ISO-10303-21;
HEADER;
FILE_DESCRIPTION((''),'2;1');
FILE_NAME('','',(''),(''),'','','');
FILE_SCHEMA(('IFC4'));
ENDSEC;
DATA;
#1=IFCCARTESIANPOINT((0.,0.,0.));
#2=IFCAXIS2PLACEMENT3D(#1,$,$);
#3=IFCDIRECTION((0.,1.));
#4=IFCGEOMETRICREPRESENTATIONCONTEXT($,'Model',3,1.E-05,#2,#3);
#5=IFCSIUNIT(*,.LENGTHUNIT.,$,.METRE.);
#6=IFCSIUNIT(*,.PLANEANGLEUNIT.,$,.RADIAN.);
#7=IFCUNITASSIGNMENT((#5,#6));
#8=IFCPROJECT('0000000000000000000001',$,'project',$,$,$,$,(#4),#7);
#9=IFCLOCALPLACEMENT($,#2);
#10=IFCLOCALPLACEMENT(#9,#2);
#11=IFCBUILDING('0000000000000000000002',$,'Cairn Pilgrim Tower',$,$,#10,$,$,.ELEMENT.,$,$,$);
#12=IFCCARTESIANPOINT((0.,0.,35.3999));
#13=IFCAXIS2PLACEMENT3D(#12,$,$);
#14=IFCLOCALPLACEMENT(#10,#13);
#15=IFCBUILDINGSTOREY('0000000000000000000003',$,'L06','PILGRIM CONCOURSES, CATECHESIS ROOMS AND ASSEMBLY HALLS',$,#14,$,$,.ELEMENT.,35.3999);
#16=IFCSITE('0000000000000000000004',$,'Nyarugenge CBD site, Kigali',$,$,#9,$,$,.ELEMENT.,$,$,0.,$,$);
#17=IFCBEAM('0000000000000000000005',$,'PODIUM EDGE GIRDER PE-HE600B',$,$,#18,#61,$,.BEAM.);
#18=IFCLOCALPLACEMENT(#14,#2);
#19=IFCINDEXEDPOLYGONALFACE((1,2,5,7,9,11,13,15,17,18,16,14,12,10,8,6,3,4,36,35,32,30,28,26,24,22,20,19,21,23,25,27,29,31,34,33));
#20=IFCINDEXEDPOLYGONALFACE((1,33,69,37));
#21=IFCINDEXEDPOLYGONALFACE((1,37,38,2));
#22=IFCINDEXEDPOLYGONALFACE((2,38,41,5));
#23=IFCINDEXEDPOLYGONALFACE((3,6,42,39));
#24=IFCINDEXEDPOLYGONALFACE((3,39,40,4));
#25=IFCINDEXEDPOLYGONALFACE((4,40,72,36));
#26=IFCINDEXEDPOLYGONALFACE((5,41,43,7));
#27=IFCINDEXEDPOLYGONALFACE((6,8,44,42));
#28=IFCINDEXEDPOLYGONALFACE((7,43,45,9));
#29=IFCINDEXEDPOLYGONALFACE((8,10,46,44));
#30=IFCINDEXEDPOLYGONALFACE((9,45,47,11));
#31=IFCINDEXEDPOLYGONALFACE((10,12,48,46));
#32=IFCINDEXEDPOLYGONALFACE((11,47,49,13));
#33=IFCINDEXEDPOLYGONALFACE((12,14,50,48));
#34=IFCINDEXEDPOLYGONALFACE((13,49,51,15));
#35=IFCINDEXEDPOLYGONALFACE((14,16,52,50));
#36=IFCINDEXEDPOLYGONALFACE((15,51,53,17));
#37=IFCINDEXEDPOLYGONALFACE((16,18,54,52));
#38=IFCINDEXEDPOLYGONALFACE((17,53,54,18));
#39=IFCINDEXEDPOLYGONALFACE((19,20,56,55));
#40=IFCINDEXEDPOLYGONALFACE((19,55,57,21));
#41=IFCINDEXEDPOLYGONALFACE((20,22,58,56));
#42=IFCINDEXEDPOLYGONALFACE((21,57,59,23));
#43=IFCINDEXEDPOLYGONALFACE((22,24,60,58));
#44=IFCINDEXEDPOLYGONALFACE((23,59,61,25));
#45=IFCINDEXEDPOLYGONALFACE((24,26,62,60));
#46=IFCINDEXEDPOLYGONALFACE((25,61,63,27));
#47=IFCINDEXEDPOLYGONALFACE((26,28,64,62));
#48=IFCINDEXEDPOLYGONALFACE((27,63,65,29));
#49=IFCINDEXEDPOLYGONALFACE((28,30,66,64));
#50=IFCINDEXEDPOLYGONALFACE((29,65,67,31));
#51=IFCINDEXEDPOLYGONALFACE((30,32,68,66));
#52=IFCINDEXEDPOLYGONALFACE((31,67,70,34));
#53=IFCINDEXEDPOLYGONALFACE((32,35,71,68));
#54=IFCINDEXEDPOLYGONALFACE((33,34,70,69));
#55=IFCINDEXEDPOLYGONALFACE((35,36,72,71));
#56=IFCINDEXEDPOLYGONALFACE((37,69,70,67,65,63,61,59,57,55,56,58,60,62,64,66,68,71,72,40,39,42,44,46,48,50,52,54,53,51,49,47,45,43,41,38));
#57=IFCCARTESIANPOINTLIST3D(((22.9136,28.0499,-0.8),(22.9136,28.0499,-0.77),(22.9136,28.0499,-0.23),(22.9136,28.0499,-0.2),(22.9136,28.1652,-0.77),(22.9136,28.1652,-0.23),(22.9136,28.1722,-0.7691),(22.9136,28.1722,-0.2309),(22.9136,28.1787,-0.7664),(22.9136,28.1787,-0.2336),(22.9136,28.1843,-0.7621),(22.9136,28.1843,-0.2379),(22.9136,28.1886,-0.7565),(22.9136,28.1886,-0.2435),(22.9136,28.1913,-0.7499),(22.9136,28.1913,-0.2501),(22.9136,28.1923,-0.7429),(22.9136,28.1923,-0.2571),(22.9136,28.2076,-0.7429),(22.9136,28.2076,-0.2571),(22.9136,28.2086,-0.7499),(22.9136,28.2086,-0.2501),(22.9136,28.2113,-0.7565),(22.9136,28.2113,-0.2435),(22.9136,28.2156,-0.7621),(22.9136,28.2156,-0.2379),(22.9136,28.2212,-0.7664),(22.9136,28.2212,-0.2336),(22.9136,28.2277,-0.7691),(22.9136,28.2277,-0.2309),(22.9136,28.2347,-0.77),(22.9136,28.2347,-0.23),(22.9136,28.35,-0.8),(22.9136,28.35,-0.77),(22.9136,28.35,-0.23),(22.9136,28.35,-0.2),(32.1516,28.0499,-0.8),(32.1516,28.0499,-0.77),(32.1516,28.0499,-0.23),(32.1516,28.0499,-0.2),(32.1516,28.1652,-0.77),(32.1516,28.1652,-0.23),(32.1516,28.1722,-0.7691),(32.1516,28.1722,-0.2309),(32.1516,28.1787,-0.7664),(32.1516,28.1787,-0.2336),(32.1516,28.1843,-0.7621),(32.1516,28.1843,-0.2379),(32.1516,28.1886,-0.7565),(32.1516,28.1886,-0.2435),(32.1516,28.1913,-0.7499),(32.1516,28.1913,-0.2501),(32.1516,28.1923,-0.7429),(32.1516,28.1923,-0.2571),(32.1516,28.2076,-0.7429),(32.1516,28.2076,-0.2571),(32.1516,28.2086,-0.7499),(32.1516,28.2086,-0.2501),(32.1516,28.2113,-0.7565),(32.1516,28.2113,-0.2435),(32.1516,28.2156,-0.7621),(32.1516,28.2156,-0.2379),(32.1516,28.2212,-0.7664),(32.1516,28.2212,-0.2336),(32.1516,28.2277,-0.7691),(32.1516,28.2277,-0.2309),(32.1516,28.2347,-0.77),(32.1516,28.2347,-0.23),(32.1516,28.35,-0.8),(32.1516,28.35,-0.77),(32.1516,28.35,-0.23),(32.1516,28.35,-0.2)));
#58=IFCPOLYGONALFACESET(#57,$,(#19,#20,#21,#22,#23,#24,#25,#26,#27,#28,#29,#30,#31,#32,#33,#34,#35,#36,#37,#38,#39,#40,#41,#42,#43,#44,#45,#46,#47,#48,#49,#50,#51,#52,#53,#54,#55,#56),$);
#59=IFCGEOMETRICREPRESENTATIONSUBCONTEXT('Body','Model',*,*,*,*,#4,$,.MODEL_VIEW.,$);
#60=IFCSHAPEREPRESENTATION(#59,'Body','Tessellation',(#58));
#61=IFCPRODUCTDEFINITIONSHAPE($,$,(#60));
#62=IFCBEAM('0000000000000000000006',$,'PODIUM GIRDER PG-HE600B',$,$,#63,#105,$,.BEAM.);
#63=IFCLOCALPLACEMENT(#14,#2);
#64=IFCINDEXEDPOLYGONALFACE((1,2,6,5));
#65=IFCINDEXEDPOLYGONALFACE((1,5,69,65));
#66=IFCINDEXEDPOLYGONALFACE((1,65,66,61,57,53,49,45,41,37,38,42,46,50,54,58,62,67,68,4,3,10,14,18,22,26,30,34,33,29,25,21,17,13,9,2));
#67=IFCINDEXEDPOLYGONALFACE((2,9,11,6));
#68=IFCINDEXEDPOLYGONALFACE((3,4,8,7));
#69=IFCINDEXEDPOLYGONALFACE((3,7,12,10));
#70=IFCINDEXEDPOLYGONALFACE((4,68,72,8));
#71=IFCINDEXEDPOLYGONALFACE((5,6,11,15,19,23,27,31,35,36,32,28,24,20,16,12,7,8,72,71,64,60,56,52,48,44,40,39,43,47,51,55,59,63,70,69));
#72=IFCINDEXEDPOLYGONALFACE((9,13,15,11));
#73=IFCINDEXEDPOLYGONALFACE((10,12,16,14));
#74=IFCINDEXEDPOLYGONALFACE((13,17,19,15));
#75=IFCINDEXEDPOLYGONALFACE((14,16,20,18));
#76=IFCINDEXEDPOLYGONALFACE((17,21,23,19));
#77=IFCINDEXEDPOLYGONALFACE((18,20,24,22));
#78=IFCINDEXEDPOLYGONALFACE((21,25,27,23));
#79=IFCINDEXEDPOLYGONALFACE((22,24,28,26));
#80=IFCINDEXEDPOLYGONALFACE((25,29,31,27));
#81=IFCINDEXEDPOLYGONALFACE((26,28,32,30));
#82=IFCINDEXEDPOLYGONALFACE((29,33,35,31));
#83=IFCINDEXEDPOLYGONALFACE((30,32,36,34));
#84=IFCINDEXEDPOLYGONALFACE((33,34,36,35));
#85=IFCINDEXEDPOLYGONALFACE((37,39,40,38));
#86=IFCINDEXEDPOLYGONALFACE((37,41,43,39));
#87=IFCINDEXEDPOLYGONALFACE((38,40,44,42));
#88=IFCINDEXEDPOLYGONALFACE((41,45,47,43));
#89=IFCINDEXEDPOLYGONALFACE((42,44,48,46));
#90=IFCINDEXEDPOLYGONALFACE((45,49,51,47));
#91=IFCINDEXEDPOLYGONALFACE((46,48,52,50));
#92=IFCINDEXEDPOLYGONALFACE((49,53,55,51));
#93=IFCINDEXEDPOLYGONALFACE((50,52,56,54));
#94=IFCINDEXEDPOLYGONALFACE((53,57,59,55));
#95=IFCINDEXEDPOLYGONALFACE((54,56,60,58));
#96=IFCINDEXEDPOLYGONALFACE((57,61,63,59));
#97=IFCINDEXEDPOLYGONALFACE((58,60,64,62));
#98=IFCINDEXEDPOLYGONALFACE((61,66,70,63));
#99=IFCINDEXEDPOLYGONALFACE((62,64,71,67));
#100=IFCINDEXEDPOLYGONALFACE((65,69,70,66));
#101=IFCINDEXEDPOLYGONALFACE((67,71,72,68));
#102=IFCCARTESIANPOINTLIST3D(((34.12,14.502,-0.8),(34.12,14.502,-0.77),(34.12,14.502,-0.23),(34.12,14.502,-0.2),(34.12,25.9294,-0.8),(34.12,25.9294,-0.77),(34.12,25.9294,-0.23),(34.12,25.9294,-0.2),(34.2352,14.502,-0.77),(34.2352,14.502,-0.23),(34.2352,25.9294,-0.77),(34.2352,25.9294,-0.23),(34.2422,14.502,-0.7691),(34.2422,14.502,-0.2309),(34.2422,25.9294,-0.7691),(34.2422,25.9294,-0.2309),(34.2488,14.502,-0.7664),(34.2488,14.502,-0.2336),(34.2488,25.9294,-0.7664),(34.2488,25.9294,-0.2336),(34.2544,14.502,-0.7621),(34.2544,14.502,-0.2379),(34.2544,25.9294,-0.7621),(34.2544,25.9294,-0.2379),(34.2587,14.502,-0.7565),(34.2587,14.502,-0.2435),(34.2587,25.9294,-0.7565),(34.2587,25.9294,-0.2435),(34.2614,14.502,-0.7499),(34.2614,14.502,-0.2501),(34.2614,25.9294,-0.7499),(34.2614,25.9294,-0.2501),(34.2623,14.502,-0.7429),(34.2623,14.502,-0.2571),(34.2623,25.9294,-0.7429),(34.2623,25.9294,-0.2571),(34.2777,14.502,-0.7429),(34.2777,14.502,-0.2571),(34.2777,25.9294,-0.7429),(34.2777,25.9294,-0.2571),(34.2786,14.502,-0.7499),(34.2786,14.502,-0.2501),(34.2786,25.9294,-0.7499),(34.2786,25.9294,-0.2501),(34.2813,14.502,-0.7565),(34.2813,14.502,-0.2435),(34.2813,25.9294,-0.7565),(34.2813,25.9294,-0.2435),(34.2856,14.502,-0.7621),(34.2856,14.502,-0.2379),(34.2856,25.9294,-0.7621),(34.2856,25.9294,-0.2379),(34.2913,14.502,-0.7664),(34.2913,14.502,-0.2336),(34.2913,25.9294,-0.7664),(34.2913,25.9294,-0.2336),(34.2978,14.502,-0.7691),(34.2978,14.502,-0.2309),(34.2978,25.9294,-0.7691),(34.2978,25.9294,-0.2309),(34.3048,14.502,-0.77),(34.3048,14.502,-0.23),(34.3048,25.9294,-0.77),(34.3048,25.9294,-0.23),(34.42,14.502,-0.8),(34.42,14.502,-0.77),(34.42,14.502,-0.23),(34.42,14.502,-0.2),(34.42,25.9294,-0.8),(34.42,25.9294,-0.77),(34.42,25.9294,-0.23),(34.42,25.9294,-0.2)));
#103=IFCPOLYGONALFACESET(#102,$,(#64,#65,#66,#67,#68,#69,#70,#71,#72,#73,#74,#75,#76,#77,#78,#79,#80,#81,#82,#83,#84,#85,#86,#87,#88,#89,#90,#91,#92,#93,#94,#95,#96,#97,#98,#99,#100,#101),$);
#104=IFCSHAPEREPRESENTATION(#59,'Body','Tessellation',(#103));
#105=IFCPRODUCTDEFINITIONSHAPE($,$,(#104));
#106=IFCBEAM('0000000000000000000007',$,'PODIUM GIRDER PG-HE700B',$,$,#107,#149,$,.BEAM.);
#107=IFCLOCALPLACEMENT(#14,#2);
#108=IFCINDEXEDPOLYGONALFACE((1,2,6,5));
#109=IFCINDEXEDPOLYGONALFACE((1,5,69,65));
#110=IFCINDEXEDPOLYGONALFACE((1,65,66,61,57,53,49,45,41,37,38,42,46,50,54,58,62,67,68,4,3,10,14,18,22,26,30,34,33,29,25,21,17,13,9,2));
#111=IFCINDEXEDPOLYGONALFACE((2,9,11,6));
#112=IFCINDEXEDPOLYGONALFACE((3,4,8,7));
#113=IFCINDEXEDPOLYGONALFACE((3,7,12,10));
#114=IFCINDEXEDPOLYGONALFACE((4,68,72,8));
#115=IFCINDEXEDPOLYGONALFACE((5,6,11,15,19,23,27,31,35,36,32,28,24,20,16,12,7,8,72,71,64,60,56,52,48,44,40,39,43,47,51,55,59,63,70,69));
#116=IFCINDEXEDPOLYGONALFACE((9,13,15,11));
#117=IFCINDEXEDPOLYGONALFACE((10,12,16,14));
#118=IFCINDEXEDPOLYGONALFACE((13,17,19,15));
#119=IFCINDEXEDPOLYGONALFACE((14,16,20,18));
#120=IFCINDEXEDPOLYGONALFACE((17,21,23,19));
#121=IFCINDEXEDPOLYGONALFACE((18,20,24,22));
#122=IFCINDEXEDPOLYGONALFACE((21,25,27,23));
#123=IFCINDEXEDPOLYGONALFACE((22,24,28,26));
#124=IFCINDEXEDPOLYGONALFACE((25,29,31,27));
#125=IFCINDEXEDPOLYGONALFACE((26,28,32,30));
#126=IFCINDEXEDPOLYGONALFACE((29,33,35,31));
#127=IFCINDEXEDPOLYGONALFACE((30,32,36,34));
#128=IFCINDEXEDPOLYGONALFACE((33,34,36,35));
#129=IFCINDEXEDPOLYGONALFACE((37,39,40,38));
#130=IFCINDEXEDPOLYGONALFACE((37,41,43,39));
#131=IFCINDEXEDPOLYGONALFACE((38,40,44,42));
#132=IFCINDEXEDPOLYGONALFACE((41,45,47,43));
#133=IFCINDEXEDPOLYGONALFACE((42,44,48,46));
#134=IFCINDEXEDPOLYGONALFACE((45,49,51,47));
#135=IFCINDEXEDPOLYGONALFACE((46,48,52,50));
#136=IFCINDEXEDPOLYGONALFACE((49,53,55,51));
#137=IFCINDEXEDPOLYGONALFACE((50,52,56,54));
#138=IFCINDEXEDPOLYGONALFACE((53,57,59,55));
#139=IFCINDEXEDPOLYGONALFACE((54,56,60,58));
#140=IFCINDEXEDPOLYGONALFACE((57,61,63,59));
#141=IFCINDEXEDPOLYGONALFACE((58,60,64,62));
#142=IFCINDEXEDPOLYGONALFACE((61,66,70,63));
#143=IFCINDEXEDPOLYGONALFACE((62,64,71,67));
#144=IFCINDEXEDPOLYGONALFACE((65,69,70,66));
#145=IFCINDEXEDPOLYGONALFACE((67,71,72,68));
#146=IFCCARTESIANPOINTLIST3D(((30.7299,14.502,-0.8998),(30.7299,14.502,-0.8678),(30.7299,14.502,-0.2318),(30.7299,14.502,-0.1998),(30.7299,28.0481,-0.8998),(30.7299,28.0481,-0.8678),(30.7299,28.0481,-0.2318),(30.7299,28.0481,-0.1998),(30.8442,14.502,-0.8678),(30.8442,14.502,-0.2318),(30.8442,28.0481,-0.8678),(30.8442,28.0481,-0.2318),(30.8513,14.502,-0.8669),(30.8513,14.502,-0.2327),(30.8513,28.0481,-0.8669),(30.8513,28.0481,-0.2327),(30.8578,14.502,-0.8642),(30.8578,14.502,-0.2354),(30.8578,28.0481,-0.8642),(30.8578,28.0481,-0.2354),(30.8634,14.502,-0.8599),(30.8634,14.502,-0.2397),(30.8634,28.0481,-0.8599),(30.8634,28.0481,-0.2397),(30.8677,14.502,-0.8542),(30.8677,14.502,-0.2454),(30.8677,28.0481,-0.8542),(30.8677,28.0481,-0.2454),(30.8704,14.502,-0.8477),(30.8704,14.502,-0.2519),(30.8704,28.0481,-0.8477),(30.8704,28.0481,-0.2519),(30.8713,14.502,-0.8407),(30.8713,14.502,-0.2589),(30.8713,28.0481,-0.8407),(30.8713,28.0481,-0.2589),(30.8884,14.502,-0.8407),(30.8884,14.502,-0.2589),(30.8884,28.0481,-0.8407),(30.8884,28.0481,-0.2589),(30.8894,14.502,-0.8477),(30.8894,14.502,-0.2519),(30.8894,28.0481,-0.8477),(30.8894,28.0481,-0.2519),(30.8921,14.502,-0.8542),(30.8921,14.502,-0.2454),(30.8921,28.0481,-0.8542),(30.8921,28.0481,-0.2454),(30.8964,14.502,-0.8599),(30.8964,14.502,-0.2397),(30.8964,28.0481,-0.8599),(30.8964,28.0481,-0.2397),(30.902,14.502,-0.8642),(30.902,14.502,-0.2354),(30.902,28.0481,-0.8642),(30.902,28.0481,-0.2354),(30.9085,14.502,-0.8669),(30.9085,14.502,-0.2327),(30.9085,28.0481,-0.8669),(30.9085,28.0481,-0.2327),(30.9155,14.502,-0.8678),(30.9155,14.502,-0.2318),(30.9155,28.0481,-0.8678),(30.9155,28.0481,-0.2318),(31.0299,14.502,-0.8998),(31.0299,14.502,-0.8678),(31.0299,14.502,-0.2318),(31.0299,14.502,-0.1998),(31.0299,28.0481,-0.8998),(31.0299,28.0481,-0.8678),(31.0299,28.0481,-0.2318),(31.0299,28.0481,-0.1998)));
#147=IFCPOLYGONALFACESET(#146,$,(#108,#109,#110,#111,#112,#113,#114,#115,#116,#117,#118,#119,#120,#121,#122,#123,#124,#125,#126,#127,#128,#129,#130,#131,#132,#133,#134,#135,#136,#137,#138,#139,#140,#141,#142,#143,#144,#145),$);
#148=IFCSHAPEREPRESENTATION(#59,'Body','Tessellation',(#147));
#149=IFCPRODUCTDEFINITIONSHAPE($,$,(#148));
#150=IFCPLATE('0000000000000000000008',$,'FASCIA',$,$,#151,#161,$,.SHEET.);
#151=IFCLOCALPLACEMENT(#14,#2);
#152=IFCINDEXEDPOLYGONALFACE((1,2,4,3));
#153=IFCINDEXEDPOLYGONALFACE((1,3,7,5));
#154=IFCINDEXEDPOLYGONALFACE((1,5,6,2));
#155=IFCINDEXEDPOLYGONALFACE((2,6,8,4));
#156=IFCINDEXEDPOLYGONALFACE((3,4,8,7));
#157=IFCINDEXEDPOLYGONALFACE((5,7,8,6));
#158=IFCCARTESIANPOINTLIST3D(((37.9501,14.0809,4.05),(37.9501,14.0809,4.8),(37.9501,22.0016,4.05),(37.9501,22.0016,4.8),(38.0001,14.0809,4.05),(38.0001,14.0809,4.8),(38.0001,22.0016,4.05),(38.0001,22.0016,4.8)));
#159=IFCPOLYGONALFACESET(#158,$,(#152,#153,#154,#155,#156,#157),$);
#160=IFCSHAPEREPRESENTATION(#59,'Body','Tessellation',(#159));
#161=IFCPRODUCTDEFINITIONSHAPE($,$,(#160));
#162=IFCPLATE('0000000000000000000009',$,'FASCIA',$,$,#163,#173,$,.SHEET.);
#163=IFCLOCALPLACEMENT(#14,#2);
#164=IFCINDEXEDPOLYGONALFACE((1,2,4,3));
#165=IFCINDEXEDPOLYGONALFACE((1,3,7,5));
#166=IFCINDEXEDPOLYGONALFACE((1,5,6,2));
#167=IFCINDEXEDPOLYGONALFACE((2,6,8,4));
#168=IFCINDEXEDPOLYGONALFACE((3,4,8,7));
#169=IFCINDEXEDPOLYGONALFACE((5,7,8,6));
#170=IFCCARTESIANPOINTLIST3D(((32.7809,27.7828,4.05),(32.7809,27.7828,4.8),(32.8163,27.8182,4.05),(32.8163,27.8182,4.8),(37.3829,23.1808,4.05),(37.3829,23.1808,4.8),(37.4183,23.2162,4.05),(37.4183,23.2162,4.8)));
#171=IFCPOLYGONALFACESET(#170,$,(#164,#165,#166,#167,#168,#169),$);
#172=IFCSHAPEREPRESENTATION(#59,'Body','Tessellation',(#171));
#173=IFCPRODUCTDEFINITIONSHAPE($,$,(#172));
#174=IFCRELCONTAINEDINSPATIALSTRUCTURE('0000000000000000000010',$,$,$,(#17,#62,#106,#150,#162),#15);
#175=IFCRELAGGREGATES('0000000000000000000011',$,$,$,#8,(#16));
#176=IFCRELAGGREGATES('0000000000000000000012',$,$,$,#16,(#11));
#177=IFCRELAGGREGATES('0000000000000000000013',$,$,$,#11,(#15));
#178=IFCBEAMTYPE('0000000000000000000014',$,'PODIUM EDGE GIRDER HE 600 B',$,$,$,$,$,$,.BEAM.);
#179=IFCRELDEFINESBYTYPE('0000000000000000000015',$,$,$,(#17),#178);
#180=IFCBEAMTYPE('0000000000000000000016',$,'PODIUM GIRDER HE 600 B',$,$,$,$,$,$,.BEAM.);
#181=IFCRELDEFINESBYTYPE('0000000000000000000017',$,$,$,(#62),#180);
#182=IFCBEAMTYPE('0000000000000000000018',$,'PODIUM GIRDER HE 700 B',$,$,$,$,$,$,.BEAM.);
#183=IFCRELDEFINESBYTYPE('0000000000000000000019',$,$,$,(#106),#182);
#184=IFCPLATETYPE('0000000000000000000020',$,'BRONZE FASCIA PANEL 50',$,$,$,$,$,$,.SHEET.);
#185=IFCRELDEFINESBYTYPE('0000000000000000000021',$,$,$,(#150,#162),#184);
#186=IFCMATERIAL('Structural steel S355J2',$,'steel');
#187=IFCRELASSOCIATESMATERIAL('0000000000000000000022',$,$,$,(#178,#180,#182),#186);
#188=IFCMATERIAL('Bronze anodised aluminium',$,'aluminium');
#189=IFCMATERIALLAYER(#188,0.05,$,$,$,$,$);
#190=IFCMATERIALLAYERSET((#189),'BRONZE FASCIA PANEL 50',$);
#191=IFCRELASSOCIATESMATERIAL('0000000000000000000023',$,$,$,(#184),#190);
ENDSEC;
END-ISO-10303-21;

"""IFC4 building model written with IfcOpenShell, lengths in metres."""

from ifc_helpers import new_model, si_unit, direction, frame, origin, origin_2d, place, context, subcontext, project, spatial, rectangle, i_section, extrude, material, layer, layer_set, material_profile, profile_set, type_object, element, save


model = new_model("IFC4")

# Units and contexts
model_context = context("Model", 3, precision=1e-05, world=origin(), true_north=direction((0.0, 1.0)))
body_context = subcontext(model_context, "Body", "Model", "MODEL_VIEW")
ifc_project = project(units=[si_unit("LENGTHUNIT", "METRE"), si_unit("PLANEANGLEUNIT", "RADIAN")], contexts=[model_context])

# Site, building, storey
site_placement = place(None, origin())
site = spatial("IfcSite", under=ifc_project, at=site_placement, Name="Nyarugenge CBD site, Kigali", CompositionType="ELEMENT", RefElevation=0.0)
building_placement = place(site_placement, origin())
building = spatial("IfcBuilding", under=site, at=building_placement, Name="Cairn Pilgrim Tower", CompositionType="ELEMENT")
storey_placement = place(building_placement, frame((0.0, 0.0, 35.3999)))
storey = spatial("IfcBuildingStorey", under=building, at=storey_placement, Name="L06", Description="PILGRIM CONCOURSES, CATECHESIS ROOMS AND ASSEMBLY HALLS", CompositionType="ELEMENT", Elevation=35.3999)

# Beams
ifc_material_1 = material(Name="Structural steel S355J2", Category="steel")
ifc_material_profile_1 = material_profile(ifc_material_1, i_section(OverallWidth=0.3, OverallDepth=0.6001, WebThickness=0.0154, FlangeThickness=0.03, FilletRadius=0.0271, at=origin_2d()), Name="HEB 600")
ifc_profile_set_1 = profile_set([ifc_material_profile_1], Name="Structural steel S355J2")
beam_type_1 = type_object("IfcBeamType", Name="PODIUM EDGE GIRDER HE 600 B", PredefinedType="BEAM", material=ifc_profile_set_1)
beam_1_placement = place(storey_placement, frame((32.1516, 28.2, -0.5), z_axis=(-1.0, 0.0, 0.0), x_axis=(0.0, -1.0, 0.0)))
element("IfcBeam", 1, at=beam_1_placement, inside=storey, type_object=beam_type_1, Name="PODIUM EDGE GIRDER PE-HE600B", PredefinedType="BEAM", context=body_context, shape_type="SweptSolid", body=[
    extrude(i_section(OverallWidth=0.3, OverallDepth=0.6001, WebThickness=0.0154, FlangeThickness=0.03, FilletRadius=0.0271, at=origin_2d()), origin(), (0.0, 0.0, 1.0), 9.238),
])
ifc_material_profile_2 = material_profile(ifc_material_1, i_section(OverallWidth=0.3, OverallDepth=0.6001, WebThickness=0.0154, FlangeThickness=0.03, FilletRadius=0.0271, at=origin_2d()), Name="HEB 600")
ifc_profile_set_2 = profile_set([ifc_material_profile_2], Name="Structural steel S355J2")
beam_type_2 = type_object("IfcBeamType", Name="PODIUM GIRDER HE 600 B", PredefinedType="BEAM", material=ifc_profile_set_2)
beam_2_placement = place(storey_placement, frame((34.27, 14.502, -0.5), z_axis=(0.0, 1.0, 0.0), x_axis=(-1.0, 0.0, 0.0)))
element("IfcBeam", 2, at=beam_2_placement, inside=storey, type_object=beam_type_2, Name="PODIUM GIRDER PG-HE600B", PredefinedType="BEAM", context=body_context, shape_type="SweptSolid", body=[
    extrude(i_section(OverallWidth=0.3, OverallDepth=0.6001, WebThickness=0.0154, FlangeThickness=0.03, FilletRadius=0.0271, at=origin_2d()), origin(), (0.0, 0.0, 1.0), 11.4275),
])
ifc_material_profile_3 = material_profile(ifc_material_1, i_section(OverallWidth=0.3, OverallDepth=0.7, WebThickness=0.0171, FlangeThickness=0.032, FilletRadius=0.0271, at=origin_2d()), Name="HEB 700")
ifc_profile_set_3 = profile_set([ifc_material_profile_3], Name="Structural steel S355J2")
beam_type_3 = type_object("IfcBeamType", Name="PODIUM GIRDER HE 700 B", PredefinedType="BEAM", material=ifc_profile_set_3)
beam_3_placement = place(storey_placement, frame((30.8799, 14.502, -0.5498), z_axis=(0.0, 1.0, 0.0), x_axis=(-1.0, 0.0, 0.0)))
element("IfcBeam", 3, at=beam_3_placement, inside=storey, type_object=beam_type_3, Name="PODIUM GIRDER PG-HE700B", PredefinedType="BEAM", context=body_context, shape_type="SweptSolid", body=[
    extrude(i_section(OverallWidth=0.3, OverallDepth=0.7, WebThickness=0.0171, FlangeThickness=0.032, FilletRadius=0.0271, at=origin_2d()), origin(), (0.0, 0.0, 1.0), 13.5461),
])

# Plates
ifc_material_2 = material(Name="Bronze anodised aluminium", Category="aluminium")
ifc_layer_1 = layer(ifc_material_2, 0.05)
ifc_layer_set_1 = layer_set([ifc_layer_1], Name="BRONZE FASCIA PANEL 50")
plate_type = type_object("IfcPlateType", Name="BRONZE FASCIA PANEL 50", PredefinedType="SHEET", material=ifc_layer_set_1)
plate_1_placement = place(storey_placement, frame((37.9751, 18.0413, 4.05), z_axis=(0.0, 0.0, 1.0), x_axis=(0.0, 1.0, 0.0)))
element("IfcPlate", 4, at=plate_1_placement, inside=storey, type_object=plate_type, Name="FASCIA", PredefinedType="SHEET", context=body_context, shape_type="SweptSolid", body=[
    extrude(rectangle(XDim=7.9207, YDim=0.05, at=origin_2d()), origin(), (0.0, 0.0, 1.0), 0.75),
])
plate_2_placement = place(storey_placement, frame((35.0996, 25.4995, 4.05), z_axis=(0.0, 0.0, 1.0), x_axis=(-0.707107, 0.707107, 0.0)))
element("IfcPlate", 5, at=plate_2_placement, inside=storey, type_object=plate_type, Name="FASCIA", PredefinedType="SHEET", context=body_context, shape_type="SweptSolid", body=[
    extrude(rectangle(XDim=6.5083, YDim=0.05, at=origin_2d()), origin(), (0.0, 0.0, 1.0), 0.75),
])

save(model, "model.ifc")
